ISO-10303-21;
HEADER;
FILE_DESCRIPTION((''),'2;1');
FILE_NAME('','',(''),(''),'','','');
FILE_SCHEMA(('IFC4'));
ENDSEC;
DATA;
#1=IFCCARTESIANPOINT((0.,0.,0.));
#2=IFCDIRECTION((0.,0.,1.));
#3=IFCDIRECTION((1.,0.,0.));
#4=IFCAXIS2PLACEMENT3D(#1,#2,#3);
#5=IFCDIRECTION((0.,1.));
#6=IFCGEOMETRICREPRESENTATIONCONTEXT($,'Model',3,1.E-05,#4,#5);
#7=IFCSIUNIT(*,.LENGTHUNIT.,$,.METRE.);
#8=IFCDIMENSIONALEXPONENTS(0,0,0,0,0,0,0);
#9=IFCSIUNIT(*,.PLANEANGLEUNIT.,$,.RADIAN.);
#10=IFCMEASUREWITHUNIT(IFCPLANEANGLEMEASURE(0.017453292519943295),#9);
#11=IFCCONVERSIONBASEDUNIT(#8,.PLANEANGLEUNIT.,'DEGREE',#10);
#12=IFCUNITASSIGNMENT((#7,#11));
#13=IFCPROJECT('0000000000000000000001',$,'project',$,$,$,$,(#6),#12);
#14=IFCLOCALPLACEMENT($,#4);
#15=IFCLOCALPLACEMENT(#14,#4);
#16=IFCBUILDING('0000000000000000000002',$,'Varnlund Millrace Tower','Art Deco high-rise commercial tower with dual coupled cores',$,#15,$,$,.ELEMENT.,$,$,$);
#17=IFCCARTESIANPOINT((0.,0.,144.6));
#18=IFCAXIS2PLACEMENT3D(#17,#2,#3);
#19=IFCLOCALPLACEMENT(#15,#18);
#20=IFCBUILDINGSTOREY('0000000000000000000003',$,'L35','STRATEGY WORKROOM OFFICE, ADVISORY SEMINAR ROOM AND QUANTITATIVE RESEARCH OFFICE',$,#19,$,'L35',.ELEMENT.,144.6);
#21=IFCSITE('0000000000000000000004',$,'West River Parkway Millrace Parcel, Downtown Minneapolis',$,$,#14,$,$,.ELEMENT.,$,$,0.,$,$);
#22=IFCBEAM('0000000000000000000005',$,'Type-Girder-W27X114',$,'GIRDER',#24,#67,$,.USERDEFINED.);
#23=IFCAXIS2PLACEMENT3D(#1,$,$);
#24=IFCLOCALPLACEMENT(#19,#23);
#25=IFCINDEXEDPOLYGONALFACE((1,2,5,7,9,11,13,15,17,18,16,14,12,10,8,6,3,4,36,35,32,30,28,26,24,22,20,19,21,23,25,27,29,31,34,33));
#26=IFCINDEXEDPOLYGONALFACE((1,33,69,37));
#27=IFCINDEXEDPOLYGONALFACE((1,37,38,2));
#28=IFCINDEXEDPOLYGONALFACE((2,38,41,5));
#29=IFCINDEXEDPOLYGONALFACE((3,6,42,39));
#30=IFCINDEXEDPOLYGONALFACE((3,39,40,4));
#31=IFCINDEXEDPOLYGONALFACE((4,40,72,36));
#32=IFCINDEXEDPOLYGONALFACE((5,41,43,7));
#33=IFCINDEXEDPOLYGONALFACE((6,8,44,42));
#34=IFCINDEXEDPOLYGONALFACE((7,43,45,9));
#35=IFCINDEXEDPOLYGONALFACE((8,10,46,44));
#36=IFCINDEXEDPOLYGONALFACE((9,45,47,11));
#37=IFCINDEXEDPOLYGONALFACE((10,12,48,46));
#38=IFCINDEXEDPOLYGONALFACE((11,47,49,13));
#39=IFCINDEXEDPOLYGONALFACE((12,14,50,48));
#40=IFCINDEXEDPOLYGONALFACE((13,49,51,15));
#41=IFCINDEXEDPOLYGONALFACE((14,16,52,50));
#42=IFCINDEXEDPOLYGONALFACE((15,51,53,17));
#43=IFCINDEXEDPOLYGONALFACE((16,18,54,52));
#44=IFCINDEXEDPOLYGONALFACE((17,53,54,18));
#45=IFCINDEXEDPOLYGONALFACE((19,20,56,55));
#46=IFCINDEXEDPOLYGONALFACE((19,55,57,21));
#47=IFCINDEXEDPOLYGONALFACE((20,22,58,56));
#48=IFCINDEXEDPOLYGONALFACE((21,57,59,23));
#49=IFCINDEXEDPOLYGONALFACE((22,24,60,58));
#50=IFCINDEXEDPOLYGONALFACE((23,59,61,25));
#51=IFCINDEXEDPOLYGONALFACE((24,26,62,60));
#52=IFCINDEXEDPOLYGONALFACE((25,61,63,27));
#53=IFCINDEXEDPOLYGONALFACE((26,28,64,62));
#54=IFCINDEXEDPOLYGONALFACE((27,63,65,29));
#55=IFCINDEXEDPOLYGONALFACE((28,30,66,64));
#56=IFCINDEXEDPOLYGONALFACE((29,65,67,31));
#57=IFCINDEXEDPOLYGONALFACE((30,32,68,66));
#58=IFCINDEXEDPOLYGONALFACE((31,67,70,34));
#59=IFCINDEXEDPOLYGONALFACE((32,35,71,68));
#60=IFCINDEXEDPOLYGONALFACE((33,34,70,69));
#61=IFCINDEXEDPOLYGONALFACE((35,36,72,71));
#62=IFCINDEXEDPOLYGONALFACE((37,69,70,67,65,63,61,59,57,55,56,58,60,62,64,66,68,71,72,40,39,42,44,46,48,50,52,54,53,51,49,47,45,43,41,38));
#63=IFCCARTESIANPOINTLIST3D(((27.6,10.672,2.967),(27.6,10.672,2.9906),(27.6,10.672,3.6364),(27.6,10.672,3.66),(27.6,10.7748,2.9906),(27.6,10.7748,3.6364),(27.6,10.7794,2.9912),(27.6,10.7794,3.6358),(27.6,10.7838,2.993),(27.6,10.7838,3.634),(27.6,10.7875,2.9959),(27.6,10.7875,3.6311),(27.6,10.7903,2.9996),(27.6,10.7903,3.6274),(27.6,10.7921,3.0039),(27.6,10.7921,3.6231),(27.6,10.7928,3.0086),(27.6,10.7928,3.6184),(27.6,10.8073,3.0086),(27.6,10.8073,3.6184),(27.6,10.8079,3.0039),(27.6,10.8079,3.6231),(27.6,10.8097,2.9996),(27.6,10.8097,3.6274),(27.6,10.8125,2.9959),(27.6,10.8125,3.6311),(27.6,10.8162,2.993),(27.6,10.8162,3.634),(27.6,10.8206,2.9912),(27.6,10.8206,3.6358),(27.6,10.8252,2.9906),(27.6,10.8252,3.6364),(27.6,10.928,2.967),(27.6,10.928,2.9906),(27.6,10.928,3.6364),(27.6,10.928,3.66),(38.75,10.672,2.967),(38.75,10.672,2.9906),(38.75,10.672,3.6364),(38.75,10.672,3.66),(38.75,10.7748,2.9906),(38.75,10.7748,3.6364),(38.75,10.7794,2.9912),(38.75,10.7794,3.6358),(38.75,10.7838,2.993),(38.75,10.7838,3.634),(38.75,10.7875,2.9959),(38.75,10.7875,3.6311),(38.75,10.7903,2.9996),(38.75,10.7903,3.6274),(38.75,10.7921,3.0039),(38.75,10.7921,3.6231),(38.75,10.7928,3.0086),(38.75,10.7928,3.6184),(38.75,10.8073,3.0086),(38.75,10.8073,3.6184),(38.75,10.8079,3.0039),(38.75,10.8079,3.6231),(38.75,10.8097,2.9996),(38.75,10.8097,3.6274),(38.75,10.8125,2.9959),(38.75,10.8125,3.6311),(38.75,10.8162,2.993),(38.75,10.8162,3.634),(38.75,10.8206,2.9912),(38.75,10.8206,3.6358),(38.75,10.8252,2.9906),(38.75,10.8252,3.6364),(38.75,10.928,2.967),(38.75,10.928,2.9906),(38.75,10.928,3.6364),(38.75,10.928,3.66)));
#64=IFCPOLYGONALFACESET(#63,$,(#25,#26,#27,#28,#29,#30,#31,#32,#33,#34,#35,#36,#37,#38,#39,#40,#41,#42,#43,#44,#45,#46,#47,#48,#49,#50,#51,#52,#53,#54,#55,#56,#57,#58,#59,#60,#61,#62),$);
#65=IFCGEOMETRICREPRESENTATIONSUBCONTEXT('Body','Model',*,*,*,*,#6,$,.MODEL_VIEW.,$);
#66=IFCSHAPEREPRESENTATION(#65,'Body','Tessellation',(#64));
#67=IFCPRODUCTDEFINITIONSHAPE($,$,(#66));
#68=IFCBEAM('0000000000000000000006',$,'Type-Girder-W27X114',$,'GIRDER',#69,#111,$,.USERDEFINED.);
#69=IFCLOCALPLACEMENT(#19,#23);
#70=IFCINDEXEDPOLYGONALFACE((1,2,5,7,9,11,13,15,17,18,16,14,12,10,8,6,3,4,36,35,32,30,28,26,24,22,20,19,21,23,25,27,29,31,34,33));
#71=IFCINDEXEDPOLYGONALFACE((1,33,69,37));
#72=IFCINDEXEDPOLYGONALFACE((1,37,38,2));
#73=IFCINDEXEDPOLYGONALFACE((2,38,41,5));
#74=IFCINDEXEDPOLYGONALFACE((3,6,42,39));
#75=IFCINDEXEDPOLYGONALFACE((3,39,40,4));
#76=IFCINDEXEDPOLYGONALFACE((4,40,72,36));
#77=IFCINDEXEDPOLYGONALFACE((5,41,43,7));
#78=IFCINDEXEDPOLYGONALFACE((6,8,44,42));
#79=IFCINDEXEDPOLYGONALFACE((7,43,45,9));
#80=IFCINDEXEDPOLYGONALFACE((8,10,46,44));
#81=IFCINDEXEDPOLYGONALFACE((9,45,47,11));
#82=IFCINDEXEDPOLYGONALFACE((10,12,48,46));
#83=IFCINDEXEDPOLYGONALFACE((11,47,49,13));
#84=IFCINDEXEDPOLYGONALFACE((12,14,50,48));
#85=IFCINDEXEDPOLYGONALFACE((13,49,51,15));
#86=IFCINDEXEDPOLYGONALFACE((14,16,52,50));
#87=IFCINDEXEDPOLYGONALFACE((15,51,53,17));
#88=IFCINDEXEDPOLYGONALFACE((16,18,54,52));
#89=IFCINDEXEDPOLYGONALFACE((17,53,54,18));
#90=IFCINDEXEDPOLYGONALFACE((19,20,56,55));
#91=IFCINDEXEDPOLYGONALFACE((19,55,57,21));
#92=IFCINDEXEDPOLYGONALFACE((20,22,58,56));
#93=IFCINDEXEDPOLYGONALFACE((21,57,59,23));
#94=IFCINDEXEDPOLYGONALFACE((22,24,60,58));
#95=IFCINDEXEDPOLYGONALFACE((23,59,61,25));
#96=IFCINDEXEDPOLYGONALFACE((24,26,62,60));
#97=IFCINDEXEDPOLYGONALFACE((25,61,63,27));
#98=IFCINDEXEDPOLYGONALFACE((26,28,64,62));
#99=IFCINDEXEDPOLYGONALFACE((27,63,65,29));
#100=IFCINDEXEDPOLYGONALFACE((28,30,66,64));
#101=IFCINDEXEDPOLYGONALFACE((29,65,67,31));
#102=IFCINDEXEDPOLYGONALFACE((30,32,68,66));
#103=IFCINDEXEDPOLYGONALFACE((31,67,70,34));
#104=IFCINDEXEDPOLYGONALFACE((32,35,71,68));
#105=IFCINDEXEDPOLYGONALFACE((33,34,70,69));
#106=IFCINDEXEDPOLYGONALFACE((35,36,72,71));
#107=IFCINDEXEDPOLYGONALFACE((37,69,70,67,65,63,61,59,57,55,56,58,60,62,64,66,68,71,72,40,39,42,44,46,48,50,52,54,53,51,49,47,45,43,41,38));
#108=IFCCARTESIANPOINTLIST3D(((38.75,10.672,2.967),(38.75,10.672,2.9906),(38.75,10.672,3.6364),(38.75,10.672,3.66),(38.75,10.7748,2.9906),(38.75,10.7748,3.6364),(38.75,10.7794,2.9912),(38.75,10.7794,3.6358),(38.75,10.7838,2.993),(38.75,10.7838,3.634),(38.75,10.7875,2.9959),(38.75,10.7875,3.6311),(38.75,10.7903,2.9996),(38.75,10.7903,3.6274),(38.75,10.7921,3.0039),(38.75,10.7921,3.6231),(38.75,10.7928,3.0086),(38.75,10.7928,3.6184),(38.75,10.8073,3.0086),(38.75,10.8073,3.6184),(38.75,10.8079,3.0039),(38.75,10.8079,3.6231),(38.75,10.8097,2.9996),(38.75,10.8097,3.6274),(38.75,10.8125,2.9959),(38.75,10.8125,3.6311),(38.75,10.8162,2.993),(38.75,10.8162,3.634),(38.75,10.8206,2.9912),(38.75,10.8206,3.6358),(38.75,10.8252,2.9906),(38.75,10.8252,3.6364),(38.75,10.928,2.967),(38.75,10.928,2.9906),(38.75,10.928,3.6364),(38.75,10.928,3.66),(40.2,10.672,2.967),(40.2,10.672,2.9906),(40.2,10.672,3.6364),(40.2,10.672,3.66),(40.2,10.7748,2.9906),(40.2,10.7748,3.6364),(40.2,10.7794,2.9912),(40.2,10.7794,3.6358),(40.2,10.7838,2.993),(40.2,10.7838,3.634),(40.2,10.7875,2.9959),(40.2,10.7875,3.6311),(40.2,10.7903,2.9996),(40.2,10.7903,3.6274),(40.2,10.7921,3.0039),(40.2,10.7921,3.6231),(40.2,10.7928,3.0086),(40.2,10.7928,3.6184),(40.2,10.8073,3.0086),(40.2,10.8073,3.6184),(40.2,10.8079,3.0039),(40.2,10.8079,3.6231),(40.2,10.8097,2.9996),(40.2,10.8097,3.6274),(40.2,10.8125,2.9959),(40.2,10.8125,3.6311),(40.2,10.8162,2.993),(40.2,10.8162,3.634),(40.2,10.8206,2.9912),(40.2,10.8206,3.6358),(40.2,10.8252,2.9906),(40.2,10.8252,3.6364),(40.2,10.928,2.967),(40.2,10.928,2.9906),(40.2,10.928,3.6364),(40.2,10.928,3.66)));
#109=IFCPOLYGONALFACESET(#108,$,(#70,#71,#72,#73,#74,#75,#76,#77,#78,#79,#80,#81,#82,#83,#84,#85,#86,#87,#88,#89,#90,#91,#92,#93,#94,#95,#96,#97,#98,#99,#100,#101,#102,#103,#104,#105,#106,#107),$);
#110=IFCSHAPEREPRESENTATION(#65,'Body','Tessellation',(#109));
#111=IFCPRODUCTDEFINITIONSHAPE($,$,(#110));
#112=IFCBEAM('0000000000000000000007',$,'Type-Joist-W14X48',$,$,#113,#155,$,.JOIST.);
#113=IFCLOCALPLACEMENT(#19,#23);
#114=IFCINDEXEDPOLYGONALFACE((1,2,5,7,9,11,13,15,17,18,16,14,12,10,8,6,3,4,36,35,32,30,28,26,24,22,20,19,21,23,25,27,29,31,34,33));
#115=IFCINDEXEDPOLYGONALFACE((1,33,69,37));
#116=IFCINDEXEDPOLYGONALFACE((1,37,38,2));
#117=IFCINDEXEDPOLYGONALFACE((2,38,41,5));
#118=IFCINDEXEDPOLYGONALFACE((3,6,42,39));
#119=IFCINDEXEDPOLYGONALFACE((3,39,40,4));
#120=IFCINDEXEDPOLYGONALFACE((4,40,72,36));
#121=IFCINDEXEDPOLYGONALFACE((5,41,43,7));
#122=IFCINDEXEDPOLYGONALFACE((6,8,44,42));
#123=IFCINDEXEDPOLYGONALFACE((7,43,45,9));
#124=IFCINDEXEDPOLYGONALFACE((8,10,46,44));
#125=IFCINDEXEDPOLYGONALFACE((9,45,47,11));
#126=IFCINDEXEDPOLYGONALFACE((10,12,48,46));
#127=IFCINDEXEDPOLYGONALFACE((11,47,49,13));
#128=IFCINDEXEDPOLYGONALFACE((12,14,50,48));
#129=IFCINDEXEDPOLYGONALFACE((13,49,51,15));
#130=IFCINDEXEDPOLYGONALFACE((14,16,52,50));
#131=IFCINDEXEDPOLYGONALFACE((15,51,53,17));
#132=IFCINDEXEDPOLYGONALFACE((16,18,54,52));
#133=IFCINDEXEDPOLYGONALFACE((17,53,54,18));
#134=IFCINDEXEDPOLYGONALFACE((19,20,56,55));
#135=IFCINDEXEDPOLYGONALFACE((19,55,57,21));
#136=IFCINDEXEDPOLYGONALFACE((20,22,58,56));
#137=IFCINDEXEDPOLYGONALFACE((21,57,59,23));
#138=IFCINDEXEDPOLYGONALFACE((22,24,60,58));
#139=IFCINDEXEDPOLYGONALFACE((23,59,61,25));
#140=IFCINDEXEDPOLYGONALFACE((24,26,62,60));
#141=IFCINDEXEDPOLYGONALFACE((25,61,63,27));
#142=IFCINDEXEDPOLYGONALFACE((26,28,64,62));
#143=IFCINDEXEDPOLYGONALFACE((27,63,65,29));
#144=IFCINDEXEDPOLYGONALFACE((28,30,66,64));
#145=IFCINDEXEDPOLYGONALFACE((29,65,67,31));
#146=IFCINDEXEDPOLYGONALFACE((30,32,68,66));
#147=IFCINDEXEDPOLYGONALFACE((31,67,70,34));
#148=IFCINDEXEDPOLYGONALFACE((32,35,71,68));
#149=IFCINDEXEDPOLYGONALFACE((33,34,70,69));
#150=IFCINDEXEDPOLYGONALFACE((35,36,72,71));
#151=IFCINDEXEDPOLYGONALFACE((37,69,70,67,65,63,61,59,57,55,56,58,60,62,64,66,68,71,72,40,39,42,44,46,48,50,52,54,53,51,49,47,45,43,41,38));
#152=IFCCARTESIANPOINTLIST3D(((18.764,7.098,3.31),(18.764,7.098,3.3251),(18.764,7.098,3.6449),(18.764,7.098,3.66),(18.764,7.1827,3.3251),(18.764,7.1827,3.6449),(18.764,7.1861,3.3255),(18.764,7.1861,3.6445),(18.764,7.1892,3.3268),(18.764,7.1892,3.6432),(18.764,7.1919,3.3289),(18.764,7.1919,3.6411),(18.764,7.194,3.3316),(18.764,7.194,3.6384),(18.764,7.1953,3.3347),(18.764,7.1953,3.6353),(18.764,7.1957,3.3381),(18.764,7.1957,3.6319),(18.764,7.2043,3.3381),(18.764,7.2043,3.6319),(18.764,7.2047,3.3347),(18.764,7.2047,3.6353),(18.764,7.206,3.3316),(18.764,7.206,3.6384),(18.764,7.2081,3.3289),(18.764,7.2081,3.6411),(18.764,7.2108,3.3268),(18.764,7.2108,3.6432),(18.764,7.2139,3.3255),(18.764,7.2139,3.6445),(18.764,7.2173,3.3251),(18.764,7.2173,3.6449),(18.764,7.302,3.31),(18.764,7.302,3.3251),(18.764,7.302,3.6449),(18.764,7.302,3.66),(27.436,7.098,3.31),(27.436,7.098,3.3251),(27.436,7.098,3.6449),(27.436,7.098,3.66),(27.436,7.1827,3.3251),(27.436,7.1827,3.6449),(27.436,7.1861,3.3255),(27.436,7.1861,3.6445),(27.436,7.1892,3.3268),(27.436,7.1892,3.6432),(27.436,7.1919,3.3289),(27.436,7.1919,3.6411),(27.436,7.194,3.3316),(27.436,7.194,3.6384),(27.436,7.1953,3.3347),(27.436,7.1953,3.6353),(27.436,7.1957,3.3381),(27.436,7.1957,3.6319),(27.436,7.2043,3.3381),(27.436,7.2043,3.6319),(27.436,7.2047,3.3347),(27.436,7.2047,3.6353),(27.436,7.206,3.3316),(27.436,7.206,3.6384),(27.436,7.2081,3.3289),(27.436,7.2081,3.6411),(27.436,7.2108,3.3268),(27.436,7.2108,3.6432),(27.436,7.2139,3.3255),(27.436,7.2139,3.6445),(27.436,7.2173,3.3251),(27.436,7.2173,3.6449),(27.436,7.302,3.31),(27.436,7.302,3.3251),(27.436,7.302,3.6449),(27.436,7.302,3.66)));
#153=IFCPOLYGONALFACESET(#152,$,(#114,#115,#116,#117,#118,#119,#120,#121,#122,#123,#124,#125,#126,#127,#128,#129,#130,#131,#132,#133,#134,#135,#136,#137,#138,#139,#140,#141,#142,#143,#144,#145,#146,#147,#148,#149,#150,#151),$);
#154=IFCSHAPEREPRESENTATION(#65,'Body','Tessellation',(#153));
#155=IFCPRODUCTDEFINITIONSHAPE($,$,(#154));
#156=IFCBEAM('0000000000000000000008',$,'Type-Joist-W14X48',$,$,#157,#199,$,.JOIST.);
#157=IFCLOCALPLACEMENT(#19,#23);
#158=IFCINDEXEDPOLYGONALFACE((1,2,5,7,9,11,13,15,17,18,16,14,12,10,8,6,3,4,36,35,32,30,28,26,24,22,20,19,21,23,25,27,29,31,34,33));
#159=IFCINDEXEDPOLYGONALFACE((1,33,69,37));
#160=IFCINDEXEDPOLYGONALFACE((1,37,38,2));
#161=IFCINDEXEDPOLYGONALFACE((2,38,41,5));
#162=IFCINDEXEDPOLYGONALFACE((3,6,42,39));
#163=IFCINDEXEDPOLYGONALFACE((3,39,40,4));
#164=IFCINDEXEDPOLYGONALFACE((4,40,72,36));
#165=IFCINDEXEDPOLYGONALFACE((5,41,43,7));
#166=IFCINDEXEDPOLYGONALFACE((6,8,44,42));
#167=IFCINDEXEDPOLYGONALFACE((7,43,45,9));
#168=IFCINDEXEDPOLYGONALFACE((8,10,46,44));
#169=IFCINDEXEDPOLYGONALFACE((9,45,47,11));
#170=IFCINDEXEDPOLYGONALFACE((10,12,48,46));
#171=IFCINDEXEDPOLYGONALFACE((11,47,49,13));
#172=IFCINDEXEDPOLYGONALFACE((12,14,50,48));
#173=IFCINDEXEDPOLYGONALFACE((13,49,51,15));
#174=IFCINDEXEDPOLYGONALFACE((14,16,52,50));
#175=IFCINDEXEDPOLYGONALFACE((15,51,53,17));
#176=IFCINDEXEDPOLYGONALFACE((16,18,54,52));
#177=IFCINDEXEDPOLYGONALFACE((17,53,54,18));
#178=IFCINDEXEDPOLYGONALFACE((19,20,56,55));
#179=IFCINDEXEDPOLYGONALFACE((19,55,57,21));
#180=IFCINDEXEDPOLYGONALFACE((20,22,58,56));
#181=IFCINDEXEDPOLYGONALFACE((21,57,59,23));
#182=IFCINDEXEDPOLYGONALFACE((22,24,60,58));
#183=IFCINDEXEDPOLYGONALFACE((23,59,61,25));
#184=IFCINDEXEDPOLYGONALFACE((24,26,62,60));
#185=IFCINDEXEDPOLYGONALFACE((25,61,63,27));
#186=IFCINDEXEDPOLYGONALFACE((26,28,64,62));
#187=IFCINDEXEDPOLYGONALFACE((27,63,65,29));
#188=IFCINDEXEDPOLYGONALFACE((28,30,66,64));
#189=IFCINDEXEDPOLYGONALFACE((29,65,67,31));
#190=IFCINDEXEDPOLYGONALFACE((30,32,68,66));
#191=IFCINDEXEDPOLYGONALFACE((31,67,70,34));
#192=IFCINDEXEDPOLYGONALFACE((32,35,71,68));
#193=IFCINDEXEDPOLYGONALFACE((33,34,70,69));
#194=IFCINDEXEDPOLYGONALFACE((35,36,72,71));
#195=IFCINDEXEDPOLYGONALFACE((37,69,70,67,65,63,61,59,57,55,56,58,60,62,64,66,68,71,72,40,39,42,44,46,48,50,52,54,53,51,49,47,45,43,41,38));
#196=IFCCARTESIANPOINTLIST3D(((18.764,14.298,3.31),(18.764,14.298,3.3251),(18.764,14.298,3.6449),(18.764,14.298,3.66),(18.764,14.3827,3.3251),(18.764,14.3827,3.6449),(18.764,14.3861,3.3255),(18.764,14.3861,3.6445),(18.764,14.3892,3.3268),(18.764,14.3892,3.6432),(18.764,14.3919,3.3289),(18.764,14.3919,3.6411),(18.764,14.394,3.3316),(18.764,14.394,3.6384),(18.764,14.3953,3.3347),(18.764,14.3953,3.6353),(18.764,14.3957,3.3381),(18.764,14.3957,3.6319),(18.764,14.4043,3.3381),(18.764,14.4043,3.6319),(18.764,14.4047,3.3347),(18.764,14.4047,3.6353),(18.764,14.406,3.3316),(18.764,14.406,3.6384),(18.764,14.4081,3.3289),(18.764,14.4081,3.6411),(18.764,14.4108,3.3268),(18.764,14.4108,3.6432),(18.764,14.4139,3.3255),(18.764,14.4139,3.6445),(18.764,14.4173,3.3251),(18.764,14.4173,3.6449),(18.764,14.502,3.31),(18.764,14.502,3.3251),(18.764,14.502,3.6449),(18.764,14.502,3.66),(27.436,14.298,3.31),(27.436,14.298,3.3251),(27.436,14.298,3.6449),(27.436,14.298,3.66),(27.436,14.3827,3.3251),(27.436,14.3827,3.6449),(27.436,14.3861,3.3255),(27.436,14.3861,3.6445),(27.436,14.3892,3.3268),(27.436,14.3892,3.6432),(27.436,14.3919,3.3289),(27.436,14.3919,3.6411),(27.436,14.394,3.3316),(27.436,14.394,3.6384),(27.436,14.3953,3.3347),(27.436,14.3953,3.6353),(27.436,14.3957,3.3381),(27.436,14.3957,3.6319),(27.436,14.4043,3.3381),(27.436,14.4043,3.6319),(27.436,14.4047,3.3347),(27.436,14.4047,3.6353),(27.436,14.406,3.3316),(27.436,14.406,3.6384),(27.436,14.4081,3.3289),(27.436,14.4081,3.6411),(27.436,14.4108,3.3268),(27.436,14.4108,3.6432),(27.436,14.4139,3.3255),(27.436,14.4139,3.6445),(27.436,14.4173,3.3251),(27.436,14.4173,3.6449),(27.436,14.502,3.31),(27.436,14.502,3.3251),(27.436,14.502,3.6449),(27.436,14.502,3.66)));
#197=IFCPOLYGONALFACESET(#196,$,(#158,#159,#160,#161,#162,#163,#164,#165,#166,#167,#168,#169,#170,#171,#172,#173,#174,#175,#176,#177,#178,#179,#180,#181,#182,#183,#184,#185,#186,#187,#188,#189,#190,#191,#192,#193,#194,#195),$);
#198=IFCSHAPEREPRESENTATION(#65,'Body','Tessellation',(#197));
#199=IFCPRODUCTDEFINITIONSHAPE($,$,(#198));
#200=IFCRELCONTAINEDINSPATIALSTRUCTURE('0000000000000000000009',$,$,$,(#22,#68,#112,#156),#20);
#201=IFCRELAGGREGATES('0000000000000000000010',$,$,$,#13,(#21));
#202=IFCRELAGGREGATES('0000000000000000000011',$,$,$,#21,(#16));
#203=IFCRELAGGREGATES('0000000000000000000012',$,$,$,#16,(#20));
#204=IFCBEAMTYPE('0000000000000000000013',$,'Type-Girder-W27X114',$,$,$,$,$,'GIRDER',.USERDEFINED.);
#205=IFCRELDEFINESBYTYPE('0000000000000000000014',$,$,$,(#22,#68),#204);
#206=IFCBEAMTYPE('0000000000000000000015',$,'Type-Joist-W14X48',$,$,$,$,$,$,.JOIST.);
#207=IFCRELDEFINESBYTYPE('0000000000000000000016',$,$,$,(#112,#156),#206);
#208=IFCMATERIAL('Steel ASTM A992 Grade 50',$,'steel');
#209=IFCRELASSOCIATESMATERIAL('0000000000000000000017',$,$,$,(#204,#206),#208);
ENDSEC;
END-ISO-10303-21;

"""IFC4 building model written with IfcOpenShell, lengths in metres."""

from ifc_helpers import new_model, entity, si_unit, converted_unit, direction, frame, origin_with_axes, origin_2d_with_axis, place, context, subcontext, project, spatial, i_section, extrude, material, material_profile, profile_set, type_object, element, save


model = new_model("IFC4")

# Units and contexts
model_context = context("Model", 3, precision=1e-05, world=origin_with_axes(), true_north=direction((0.0, 1.0)))
body_context = subcontext(model_context, "Body", "Model", "MODEL_VIEW")
ifc_project = project(units=[si_unit("LENGTHUNIT", "METRE"), converted_unit("PLANEANGLEUNIT", "DEGREE", entity("IfcPlaneAngleMeasure", 0.017453292519943295), si_unit("PLANEANGLEUNIT", "RADIAN"), dimensions=[0, 0, 0, 0, 0, 0, 0])], contexts=[model_context])

# Site, building, storey
site_placement = place(None, origin_with_axes())
site = spatial("IfcSite", under=ifc_project, at=site_placement, Name="West River Parkway Millrace Parcel, Downtown Minneapolis", CompositionType="ELEMENT", RefElevation=0.0)
building_placement = place(site_placement, origin_with_axes())
building = spatial("IfcBuilding", under=site, at=building_placement, Name="Varnlund Millrace Tower", Description="Art Deco high-rise commercial tower with dual coupled cores", CompositionType="ELEMENT")
storey_placement = place(building_placement, frame((0.0, 0.0, 144.6), z_axis=(0.0, 0.0, 1.0), x_axis=(1.0, 0.0, 0.0)))
storey = spatial("IfcBuildingStorey", under=building, at=storey_placement, Name="L35", Description="STRATEGY WORKROOM OFFICE, ADVISORY SEMINAR ROOM AND QUANTITATIVE RESEARCH OFFICE", LongName="L35", CompositionType="ELEMENT", Elevation=144.6)

# Beams
ifc_material_1 = material(Name="Steel ASTM A992 Grade 50", Category="steel")
ifc_material_profile_1 = material_profile(ifc_material_1, i_section(OverallWidth=0.256, OverallDepth=0.693, WebThickness=0.0145, FlangeThickness=0.0236, FilletRadius=0.018, at=origin_2d_with_axis()), Name="Steel ASTM A992 Grade 50")
ifc_profile_set_1 = profile_set([ifc_material_profile_1], Name="Steel ASTM A992 Grade 50")
beam_type_1 = type_object("IfcBeamType", Name="Type-Girder-W27X114", ElementType="GIRDER", PredefinedType="USERDEFINED", material=ifc_profile_set_1)
beam_1_placement = place(storey_placement, frame((27.6, 10.8, 3.3135), z_axis=(1.0, 0.0, 0.0), x_axis=(0.0, 1.0, 0.0)))
element("IfcBeam", 1, at=beam_1_placement, inside=storey, type_object=beam_type_1, Name="Type-Girder-W27X114", ObjectType="GIRDER", PredefinedType="USERDEFINED", context=body_context, shape_type="SweptSolid", body=[
    extrude(i_section(OverallWidth=0.256, OverallDepth=0.693, WebThickness=0.0145, FlangeThickness=0.0236, FilletRadius=0.018, at=origin_2d_with_axis()), origin_with_axes(), (0.0, 0.0, 1.0), 11.15),
])
beam_2_placement = place(storey_placement, frame((38.75, 10.8, 3.3135), z_axis=(1.0, 0.0, 0.0), x_axis=(0.0, 1.0, 0.0)))
element("IfcBeam", 2, at=beam_2_placement, inside=storey, type_object=beam_type_1, Name="Type-Girder-W27X114", ObjectType="GIRDER", PredefinedType="USERDEFINED", context=body_context, shape_type="SweptSolid", body=[
    extrude(i_section(OverallWidth=0.256, OverallDepth=0.693, WebThickness=0.0145, FlangeThickness=0.0236, FilletRadius=0.018, at=origin_2d_with_axis()), origin_with_axes(), (0.0, 0.0, 1.0), 1.45),
])
ifc_material_profile_2 = material_profile(ifc_material_1, i_section(OverallWidth=0.204, OverallDepth=0.35, WebThickness=0.0086, FlangeThickness=0.0151, FilletRadius=0.013, at=origin_2d_with_axis()), Name="Steel ASTM A992 Grade 50")
ifc_profile_set_2 = profile_set([ifc_material_profile_2], Name="Steel ASTM A992 Grade 50")
beam_type_2 = type_object("IfcBeamType", Name="Type-Joist-W14X48", PredefinedType="JOIST", material=ifc_profile_set_2)
for number, where, z_axis, x_axis, name in (
    (3, (18.764, 7.2, 3.485), (1.0, 0.0, 0.0), (0.0, 1.0, 0.0), "Type-Joist-W14X48"),
    (4, (18.764, 14.4, 3.485), (1.0, 0.0, 0.0), (0.0, 1.0, 0.0), "Type-Joist-W14X48"),
):
    element("IfcBeam", number, at=place(storey_placement, frame(where, z_axis=z_axis, x_axis=x_axis)), inside=storey, type_object=beam_type_2, Name=name, PredefinedType="JOIST", context=body_context, shape_type="SweptSolid", body=[
        extrude(i_section(OverallWidth=0.204, OverallDepth=0.35, WebThickness=0.0086, FlangeThickness=0.0151, FilletRadius=0.013, at=origin_2d_with_axis()), origin_with_axes(), (0.0, 0.0, 1.0), 8.672),
    ])

save(model, "model.ifc")
